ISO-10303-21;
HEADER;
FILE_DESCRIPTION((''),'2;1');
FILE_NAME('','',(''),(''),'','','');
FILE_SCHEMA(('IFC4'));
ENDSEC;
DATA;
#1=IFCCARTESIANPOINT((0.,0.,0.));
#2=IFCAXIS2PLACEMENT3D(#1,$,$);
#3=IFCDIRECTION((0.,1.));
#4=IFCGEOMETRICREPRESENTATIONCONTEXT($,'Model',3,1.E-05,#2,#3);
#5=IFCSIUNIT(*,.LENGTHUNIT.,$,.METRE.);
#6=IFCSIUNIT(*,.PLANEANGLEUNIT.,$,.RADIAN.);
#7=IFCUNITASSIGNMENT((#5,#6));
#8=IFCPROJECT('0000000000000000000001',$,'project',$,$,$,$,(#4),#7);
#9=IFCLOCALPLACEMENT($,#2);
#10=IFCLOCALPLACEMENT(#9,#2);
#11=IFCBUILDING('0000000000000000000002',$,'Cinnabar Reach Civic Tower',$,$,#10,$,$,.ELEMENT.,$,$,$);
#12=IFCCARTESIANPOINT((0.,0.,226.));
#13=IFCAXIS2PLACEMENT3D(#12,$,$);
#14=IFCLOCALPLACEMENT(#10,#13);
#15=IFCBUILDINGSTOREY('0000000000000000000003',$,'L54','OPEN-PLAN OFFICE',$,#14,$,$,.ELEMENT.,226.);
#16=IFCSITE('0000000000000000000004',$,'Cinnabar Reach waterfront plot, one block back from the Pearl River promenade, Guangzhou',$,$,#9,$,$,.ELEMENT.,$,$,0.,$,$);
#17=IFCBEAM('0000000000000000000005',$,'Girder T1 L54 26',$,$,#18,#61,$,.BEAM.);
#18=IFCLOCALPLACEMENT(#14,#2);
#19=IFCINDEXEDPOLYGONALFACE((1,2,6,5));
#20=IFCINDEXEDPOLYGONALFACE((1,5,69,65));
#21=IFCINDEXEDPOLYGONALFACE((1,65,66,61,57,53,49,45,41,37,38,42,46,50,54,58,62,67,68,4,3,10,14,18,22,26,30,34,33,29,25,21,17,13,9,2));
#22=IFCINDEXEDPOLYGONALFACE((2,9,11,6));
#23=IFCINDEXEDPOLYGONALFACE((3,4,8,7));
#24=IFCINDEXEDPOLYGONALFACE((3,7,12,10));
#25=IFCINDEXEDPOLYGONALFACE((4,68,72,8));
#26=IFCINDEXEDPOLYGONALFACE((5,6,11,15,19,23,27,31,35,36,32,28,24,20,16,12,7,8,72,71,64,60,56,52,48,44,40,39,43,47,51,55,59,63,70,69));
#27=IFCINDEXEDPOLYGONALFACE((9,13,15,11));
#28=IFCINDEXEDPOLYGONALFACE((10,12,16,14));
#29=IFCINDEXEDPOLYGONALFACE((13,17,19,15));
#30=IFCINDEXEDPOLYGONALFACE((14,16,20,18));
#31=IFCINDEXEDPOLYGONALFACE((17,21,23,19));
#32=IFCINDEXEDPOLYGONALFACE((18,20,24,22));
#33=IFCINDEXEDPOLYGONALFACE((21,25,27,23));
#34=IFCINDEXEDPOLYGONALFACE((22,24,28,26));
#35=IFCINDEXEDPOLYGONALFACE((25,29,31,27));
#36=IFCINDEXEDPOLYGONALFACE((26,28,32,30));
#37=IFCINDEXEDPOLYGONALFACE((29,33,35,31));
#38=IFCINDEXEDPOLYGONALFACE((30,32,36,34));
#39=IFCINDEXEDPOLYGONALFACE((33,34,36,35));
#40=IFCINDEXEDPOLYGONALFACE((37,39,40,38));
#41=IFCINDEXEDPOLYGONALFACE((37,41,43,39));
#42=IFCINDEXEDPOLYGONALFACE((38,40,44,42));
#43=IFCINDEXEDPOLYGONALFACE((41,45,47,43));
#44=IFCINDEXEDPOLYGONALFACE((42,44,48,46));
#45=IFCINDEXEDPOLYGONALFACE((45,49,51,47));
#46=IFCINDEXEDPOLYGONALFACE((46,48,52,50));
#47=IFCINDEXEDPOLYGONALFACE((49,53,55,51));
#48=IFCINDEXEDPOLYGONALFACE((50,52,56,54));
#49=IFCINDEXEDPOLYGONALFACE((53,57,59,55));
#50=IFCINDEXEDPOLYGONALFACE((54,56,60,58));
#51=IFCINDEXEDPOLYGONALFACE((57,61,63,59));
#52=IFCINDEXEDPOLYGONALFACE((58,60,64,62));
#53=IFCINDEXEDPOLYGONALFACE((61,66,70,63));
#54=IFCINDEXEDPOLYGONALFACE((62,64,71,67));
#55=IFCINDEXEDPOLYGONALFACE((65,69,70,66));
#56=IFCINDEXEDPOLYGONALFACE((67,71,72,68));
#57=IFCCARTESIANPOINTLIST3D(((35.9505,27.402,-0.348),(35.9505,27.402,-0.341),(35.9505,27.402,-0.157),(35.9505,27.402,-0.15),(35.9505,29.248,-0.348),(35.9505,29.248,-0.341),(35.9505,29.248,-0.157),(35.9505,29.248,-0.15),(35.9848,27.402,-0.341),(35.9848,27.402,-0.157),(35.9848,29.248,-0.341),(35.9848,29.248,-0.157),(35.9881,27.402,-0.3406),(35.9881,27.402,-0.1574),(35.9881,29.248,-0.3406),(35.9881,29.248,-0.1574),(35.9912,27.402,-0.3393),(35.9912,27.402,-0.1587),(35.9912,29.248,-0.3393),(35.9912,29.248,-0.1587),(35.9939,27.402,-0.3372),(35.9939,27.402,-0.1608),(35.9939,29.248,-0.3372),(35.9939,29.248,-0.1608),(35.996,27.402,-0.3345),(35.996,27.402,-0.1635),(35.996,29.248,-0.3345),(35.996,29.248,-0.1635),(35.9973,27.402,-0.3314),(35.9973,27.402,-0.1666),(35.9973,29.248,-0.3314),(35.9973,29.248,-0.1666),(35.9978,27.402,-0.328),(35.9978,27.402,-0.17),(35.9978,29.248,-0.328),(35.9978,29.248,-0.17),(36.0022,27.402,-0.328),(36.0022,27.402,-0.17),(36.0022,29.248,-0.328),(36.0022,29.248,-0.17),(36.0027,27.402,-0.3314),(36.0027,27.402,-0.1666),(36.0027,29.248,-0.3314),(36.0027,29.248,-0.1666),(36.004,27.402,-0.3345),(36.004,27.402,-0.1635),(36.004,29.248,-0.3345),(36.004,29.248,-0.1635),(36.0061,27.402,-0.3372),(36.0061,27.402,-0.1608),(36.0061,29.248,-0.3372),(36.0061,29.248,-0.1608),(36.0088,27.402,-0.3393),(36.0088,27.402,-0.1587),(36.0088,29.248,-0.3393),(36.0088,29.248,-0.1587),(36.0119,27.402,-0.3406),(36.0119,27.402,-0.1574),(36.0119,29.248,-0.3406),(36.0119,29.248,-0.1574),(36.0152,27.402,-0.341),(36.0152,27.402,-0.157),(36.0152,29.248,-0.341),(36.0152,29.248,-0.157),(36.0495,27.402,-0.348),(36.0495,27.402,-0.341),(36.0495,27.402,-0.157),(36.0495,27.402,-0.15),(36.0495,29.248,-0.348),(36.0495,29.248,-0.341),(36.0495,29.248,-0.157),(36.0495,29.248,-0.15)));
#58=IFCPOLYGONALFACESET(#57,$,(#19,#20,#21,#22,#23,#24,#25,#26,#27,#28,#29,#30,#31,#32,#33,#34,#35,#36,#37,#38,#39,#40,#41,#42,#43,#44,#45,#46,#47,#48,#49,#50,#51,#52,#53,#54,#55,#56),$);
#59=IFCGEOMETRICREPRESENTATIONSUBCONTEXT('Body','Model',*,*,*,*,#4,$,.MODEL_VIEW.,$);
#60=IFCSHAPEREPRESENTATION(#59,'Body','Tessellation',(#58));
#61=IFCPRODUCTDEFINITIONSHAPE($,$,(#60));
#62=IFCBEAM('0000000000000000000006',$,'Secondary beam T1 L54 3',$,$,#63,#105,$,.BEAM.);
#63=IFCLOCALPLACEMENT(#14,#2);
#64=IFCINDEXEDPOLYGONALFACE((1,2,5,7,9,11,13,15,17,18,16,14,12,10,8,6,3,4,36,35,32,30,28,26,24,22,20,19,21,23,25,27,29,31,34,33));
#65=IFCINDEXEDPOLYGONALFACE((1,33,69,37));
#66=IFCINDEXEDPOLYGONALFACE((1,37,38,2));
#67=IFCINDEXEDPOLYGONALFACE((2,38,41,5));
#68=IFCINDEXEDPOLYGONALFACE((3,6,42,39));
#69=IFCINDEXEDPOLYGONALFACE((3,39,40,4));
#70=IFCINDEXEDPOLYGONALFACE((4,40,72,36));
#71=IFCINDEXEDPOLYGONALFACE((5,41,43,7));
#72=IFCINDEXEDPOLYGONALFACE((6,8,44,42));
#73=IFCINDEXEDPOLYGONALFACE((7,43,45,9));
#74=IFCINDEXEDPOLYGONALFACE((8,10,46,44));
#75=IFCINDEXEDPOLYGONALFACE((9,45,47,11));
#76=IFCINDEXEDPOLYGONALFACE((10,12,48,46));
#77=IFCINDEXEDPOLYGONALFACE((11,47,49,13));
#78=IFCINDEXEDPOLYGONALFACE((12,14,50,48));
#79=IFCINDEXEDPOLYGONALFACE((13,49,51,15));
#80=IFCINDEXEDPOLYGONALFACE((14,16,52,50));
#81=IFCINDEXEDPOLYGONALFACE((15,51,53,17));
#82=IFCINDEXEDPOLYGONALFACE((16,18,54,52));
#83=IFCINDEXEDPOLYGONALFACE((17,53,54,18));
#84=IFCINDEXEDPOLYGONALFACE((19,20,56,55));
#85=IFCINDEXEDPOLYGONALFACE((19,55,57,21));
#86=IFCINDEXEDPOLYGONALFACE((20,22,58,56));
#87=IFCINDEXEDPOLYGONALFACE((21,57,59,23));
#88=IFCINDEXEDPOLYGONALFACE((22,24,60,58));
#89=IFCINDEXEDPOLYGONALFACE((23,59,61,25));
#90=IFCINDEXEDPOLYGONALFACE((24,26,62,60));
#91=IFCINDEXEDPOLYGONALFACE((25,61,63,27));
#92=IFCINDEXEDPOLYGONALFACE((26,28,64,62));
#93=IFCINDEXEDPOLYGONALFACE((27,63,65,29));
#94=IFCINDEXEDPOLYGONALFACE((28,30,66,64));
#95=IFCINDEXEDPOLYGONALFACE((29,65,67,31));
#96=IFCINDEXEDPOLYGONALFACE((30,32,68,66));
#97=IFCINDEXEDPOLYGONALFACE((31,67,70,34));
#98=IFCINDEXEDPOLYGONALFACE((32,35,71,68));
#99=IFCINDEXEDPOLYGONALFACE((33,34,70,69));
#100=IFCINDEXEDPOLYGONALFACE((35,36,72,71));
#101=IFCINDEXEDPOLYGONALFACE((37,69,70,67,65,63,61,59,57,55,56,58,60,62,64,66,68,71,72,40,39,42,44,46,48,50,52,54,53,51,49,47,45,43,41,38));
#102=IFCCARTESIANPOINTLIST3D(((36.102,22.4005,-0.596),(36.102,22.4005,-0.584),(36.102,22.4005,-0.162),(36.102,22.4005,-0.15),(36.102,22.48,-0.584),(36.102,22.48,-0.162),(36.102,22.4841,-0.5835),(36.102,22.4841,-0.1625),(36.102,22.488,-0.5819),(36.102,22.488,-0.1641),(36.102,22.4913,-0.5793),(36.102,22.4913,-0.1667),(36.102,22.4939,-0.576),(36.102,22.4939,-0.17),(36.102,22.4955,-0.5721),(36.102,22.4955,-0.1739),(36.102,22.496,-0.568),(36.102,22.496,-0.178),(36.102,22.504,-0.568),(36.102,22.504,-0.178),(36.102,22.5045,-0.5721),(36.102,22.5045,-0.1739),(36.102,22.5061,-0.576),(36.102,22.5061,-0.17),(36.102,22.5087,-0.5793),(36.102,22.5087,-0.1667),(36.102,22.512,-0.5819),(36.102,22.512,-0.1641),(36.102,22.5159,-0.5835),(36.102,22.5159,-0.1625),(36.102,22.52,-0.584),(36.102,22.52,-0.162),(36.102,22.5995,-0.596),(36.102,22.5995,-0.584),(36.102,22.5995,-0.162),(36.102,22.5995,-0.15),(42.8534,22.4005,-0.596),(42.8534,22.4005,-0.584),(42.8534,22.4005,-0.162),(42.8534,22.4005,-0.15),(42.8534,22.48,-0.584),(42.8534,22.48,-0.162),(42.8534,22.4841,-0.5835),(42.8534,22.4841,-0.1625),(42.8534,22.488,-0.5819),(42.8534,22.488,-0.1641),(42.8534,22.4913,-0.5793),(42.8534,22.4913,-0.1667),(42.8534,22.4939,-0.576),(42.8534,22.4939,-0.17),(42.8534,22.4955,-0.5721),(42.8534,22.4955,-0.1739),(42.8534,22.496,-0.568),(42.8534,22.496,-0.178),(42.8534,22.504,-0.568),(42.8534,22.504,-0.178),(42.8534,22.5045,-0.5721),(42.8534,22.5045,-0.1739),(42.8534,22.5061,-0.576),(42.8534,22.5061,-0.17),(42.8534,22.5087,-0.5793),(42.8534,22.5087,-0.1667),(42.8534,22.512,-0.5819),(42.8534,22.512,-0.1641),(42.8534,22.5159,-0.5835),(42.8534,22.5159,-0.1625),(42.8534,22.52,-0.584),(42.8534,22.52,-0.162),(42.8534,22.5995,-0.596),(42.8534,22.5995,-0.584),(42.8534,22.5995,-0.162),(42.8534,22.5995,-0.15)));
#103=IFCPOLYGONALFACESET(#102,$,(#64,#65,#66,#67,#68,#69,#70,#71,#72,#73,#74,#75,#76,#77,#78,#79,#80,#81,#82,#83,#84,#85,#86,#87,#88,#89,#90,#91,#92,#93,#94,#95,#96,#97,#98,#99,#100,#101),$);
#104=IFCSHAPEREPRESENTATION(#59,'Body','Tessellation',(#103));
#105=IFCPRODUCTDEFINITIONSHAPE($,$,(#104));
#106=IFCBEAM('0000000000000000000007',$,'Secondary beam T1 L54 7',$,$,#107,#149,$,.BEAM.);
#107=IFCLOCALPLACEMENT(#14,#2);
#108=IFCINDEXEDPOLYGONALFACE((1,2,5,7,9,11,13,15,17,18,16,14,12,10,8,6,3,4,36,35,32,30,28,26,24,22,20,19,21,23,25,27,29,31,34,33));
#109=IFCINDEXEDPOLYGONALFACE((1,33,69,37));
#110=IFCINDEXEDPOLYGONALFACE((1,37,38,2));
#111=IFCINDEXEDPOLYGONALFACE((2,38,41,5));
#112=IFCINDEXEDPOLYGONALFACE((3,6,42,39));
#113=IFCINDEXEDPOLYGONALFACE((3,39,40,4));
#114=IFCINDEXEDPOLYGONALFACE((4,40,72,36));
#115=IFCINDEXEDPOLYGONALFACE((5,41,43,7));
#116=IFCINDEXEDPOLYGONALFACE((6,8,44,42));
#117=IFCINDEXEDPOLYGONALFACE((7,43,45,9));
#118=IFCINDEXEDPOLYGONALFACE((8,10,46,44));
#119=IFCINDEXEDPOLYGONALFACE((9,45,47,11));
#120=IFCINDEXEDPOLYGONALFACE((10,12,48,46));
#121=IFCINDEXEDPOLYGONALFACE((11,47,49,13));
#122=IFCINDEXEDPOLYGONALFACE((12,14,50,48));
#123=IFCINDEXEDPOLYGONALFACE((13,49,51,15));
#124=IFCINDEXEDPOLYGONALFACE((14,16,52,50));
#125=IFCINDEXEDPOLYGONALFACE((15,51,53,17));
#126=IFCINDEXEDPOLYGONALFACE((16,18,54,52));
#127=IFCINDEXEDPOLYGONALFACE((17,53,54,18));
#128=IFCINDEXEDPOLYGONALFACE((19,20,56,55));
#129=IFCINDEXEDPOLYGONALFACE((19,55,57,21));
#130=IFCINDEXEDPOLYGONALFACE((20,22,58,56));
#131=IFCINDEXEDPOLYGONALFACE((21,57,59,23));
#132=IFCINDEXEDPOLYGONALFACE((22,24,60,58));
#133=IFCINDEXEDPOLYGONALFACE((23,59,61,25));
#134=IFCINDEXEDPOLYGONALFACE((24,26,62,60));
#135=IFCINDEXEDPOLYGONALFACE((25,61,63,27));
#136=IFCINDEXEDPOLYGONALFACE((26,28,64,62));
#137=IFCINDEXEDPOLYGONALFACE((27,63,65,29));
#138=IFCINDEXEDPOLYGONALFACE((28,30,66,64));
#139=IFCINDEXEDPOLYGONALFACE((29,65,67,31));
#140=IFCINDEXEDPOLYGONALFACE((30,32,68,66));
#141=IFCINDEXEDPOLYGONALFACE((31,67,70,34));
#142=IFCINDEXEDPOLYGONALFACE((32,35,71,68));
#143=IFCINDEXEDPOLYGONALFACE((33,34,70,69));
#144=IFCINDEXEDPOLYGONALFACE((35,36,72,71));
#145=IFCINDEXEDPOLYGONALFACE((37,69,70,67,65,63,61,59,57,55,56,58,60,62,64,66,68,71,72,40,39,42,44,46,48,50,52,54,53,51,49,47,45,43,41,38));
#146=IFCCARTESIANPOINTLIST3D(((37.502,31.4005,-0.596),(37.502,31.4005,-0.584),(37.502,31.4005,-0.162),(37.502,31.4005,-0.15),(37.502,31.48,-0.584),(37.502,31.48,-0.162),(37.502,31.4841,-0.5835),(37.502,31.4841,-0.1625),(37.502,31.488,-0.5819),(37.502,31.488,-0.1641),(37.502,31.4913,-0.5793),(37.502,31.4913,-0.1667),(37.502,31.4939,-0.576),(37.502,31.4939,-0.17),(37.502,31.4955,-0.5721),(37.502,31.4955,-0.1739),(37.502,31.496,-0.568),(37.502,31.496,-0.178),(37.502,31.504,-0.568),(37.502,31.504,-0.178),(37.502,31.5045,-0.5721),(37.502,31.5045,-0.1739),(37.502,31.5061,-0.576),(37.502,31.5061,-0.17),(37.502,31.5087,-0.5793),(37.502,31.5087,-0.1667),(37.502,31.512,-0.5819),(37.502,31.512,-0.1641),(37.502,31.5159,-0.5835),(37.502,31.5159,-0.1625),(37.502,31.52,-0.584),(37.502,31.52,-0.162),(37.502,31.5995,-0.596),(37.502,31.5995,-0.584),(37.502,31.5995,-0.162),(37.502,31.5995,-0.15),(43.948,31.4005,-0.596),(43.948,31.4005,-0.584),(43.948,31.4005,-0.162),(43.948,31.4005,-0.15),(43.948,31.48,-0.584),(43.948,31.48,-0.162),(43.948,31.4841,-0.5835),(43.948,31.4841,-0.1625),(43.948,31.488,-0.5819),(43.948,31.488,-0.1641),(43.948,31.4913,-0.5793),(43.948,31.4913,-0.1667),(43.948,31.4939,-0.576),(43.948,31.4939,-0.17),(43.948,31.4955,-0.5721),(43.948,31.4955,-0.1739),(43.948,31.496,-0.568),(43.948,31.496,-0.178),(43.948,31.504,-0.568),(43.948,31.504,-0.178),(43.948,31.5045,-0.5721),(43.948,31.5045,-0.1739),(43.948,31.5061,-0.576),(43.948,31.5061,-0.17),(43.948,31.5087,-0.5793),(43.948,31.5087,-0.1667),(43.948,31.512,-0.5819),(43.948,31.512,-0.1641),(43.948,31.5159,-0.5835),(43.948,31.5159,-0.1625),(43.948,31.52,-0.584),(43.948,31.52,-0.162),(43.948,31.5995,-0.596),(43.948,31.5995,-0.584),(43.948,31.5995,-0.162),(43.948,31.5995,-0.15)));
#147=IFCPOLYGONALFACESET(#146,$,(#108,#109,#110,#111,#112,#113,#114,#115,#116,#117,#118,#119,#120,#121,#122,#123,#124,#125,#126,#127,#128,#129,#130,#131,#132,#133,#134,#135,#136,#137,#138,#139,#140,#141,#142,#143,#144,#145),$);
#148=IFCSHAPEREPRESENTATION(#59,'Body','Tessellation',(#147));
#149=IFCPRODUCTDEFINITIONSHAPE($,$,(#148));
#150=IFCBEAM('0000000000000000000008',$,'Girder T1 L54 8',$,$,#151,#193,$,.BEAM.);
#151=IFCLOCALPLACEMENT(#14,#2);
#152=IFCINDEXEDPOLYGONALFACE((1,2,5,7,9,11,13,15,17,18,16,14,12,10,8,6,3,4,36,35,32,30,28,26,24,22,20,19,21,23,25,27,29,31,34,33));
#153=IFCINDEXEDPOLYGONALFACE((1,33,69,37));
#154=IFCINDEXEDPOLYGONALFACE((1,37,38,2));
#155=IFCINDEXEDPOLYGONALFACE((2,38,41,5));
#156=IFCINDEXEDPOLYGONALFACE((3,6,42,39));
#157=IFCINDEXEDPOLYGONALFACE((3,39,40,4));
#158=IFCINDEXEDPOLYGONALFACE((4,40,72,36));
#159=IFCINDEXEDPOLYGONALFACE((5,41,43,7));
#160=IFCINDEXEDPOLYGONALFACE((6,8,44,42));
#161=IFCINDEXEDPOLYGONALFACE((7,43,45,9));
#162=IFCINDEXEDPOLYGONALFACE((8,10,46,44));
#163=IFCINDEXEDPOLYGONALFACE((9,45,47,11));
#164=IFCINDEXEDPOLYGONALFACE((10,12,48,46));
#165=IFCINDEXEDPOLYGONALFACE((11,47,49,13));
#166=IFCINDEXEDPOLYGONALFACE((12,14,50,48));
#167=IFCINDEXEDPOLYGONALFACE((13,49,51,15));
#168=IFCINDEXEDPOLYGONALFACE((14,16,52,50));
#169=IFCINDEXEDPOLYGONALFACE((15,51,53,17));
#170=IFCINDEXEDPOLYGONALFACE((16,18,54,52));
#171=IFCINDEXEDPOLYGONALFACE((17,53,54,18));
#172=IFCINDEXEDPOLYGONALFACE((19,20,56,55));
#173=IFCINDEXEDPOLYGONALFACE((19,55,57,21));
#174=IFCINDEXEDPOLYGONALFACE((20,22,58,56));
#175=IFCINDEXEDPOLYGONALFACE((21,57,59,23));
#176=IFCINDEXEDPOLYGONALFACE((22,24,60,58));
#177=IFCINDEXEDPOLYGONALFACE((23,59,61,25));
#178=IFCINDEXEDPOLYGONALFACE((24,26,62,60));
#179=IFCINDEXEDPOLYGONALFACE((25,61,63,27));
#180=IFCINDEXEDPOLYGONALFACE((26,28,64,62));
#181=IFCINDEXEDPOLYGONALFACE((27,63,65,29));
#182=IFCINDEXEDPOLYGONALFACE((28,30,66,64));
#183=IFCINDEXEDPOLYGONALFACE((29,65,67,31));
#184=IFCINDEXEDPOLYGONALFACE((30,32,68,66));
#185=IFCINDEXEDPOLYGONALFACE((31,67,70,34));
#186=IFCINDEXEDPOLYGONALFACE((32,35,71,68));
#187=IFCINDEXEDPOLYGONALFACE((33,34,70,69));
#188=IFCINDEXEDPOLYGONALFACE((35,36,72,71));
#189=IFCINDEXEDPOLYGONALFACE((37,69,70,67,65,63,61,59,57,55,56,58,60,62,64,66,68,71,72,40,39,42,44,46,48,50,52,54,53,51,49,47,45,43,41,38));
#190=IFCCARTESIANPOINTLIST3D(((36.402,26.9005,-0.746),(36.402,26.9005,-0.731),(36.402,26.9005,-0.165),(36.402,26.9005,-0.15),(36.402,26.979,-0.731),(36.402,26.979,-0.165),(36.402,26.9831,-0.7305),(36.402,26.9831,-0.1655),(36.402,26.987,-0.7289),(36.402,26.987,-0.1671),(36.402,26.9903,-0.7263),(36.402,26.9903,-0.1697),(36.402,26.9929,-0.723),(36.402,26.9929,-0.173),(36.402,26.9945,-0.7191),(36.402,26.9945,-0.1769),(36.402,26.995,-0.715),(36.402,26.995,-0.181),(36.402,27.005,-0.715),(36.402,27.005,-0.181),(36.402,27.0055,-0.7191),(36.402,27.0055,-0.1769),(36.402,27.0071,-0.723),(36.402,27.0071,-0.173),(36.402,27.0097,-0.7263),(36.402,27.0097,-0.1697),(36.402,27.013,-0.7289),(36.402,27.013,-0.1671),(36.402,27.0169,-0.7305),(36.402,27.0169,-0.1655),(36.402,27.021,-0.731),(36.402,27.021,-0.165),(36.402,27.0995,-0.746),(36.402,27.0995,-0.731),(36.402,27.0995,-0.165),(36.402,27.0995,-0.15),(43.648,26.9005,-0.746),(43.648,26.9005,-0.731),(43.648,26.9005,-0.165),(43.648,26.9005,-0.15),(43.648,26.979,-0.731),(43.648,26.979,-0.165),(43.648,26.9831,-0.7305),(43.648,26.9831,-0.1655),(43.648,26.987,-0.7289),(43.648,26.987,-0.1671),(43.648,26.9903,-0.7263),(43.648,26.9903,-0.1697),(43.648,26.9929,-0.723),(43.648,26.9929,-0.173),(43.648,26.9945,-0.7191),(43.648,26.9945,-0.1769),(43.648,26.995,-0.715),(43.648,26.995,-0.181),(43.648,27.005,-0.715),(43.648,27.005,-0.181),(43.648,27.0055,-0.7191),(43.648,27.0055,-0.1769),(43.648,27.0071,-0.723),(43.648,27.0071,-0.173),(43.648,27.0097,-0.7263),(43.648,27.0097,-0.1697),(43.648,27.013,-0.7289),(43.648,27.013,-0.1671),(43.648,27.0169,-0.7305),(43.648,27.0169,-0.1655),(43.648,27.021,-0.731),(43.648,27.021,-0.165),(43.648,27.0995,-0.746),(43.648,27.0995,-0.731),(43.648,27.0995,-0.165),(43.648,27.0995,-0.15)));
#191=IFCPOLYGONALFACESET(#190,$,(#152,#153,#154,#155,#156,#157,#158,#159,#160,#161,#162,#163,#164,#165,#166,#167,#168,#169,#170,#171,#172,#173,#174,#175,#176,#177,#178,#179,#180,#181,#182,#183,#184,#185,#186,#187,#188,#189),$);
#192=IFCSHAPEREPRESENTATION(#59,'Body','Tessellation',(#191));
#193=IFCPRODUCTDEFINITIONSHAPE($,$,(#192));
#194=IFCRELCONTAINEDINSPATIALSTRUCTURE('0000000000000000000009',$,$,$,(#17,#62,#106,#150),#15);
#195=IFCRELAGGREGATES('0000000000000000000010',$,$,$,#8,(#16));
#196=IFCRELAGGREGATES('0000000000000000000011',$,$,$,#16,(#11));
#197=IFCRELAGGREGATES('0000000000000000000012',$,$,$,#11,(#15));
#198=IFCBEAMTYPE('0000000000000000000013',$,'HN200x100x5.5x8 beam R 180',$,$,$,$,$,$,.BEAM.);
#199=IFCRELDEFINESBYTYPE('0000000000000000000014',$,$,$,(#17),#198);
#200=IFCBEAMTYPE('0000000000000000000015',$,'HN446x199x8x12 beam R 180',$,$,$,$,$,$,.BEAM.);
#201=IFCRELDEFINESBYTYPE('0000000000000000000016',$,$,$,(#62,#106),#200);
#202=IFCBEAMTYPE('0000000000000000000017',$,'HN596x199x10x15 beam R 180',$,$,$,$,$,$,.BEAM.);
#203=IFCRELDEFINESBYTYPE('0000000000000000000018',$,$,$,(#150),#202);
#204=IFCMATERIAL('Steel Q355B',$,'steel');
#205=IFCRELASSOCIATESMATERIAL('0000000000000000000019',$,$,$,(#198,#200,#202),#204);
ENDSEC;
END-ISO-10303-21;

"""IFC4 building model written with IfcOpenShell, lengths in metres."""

from ifc_helpers import new_model, si_unit, direction, frame, origin, origin_2d, place, context, subcontext, project, spatial, i_section, extrude, material, material_profile, profile_set, type_object, element, save


model = new_model("IFC4")

# Units and contexts
model_context = context("Model", 3, precision=1e-05, world=origin(), true_north=direction((0.0, 1.0)))
body_context = subcontext(model_context, "Body", "Model", "MODEL_VIEW")
ifc_project = project(units=[si_unit("LENGTHUNIT", "METRE"), si_unit("PLANEANGLEUNIT", "RADIAN")], contexts=[model_context])

# Site, building, storey
site_placement = place(None, origin())
site = spatial("IfcSite", under=ifc_project, at=site_placement, Name="Cinnabar Reach waterfront plot, one block back from the Pearl River promenade, Guangzhou", CompositionType="ELEMENT", RefElevation=0.0)
building_placement = place(site_placement, origin())
building = spatial("IfcBuilding", under=site, at=building_placement, Name="Cinnabar Reach Civic Tower", CompositionType="ELEMENT")
storey_placement = place(building_placement, frame((0.0, 0.0, 226.0)))
storey = spatial("IfcBuildingStorey", under=building, at=storey_placement, Name="L54", Description="OPEN-PLAN OFFICE", CompositionType="ELEMENT", Elevation=226.0)

# Beams
ifc_material_1 = material(Name="Steel Q355B", Category="steel")
ifc_material_profile_1 = material_profile(ifc_material_1, i_section(OverallWidth=0.099, OverallDepth=0.198, WebThickness=0.0045, FlangeThickness=0.007, FilletRadius=0.013, at=origin_2d()), Name="HN200x100x5.5x8")
ifc_profile_set_1 = profile_set([ifc_material_profile_1], Name="Steel Q355B")
beam_type_1 = type_object("IfcBeamType", Name="HN200x100x5.5x8 beam R 180", PredefinedType="BEAM", material=ifc_profile_set_1)
beam_1_placement = place(storey_placement, frame((36.0, 27.402, -0.249), z_axis=(0.0, 1.0, 0.0), x_axis=(-1.0, 0.0, 0.0)))
element("IfcBeam", 1, at=beam_1_placement, inside=storey, type_object=beam_type_1, Name="Girder T1 L54 26", PredefinedType="BEAM", context=body_context, shape_type="SweptSolid", body=[
    extrude(i_section(OverallWidth=0.099, OverallDepth=0.198, WebThickness=0.0045, FlangeThickness=0.007, FilletRadius=0.013, at=origin_2d()), origin(), (0.0, 0.0, 1.0), 1.846),
])
ifc_material_profile_2 = material_profile(ifc_material_1, i_section(OverallWidth=0.199, OverallDepth=0.446, WebThickness=0.008, FlangeThickness=0.012, FilletRadius=0.016, at=origin_2d()), Name="HN446x199x8x12")
ifc_profile_set_2 = profile_set([ifc_material_profile_2], Name="Steel Q355B")
beam_type_2 = type_object("IfcBeamType", Name="HN446x199x8x12 beam R 180", PredefinedType="BEAM", material=ifc_profile_set_2)
beam_2_placement = place(storey_placement, frame((36.102, 22.5, -0.373), z_axis=(1.0, 0.0, 0.0), x_axis=(0.0, 1.0, 0.0)))
element("IfcBeam", 2, at=beam_2_placement, inside=storey, type_object=beam_type_2, Name="Secondary beam T1 L54 3", PredefinedType="BEAM", context=body_context, shape_type="SweptSolid", body=[
    extrude(i_section(OverallWidth=0.199, OverallDepth=0.446, WebThickness=0.008, FlangeThickness=0.012, FilletRadius=0.016, at=origin_2d()), origin(), (0.0, 0.0, 1.0), 6.7514),
])
beam_3_placement = place(storey_placement, frame((37.502, 31.5, -0.373), z_axis=(1.0, 0.0, 0.0), x_axis=(0.0, 1.0, 0.0)))
element("IfcBeam", 3, at=beam_3_placement, inside=storey, type_object=beam_type_2, Name="Secondary beam T1 L54 7", PredefinedType="BEAM", context=body_context, shape_type="SweptSolid", body=[
    extrude(i_section(OverallWidth=0.199, OverallDepth=0.446, WebThickness=0.008, FlangeThickness=0.012, FilletRadius=0.016, at=origin_2d()), origin(), (0.0, 0.0, 1.0), 6.446),
])
ifc_material_profile_3 = material_profile(ifc_material_1, i_section(OverallWidth=0.199, OverallDepth=0.596, WebThickness=0.01, FlangeThickness=0.015, FilletRadius=0.016, at=origin_2d()), Name="HN596x199x10x15")
ifc_profile_set_3 = profile_set([ifc_material_profile_3], Name="Steel Q355B")
beam_type_3 = type_object("IfcBeamType", Name="HN596x199x10x15 beam R 180", PredefinedType="BEAM", material=ifc_profile_set_3)
beam_4_placement = place(storey_placement, frame((36.402, 27.0, -0.448), z_axis=(1.0, 0.0, 0.0), x_axis=(0.0, 1.0, 0.0)))
element("IfcBeam", 4, at=beam_4_placement, inside=storey, type_object=beam_type_3, Name="Girder T1 L54 8", PredefinedType="BEAM", context=body_context, shape_type="SweptSolid", body=[
    extrude(i_section(OverallWidth=0.199, OverallDepth=0.596, WebThickness=0.01, FlangeThickness=0.015, FilletRadius=0.016, at=origin_2d()), origin(), (0.0, 0.0, 1.0), 7.246),
])

save(model, "model.ifc")
